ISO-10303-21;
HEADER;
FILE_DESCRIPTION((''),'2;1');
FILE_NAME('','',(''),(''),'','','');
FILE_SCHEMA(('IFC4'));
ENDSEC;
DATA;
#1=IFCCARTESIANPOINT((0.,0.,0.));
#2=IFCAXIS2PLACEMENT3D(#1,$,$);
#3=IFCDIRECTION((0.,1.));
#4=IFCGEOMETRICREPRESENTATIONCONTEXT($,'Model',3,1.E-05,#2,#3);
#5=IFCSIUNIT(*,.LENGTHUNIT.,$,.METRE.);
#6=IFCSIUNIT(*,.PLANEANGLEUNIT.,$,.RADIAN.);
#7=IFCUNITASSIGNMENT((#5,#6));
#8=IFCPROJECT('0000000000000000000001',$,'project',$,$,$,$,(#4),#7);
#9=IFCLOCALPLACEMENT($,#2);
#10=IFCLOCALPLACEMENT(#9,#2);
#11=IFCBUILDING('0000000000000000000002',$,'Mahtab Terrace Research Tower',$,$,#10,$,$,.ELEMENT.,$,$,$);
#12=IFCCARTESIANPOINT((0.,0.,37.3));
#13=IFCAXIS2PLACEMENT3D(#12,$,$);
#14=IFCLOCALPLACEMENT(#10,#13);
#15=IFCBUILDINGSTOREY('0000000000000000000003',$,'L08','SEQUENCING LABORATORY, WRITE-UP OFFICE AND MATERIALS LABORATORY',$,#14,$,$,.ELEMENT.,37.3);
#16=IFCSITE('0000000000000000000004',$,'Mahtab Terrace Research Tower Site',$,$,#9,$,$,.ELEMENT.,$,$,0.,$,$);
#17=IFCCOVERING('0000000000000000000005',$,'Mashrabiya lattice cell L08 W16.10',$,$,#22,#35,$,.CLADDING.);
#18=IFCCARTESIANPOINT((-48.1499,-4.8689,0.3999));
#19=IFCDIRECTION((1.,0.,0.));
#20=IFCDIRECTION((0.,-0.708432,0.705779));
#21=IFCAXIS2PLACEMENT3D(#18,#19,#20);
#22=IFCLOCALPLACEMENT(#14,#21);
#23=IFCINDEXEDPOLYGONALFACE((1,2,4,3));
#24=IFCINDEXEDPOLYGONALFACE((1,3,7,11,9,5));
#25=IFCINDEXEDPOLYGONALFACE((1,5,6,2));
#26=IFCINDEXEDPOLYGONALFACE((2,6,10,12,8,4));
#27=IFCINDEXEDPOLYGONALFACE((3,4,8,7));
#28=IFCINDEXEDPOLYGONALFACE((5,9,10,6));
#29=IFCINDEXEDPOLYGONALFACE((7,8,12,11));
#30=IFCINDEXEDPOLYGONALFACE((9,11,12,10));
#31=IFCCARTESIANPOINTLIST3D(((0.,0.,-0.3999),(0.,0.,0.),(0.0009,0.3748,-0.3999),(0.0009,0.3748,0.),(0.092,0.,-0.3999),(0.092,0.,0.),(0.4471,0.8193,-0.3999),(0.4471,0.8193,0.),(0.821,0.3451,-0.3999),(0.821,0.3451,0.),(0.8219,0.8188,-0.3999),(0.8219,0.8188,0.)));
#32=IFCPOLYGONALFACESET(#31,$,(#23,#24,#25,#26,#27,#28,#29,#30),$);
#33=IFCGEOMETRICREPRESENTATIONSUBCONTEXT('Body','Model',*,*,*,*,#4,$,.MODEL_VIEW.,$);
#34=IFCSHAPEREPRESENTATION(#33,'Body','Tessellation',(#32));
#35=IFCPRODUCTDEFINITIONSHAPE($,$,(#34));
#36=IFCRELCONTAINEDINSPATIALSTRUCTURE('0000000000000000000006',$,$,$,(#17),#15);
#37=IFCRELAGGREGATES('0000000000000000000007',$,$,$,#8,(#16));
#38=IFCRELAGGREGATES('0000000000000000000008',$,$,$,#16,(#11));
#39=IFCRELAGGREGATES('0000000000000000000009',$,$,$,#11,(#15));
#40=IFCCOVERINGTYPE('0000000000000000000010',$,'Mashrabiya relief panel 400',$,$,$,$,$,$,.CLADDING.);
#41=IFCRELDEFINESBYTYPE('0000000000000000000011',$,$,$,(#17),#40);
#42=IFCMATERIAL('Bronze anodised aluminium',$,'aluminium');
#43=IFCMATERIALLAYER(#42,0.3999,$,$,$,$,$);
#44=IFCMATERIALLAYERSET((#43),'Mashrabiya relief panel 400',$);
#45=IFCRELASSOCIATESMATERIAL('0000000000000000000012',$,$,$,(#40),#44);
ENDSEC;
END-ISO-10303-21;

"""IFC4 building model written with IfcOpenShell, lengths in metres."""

from ifc_helpers import new_model, si_unit, direction, frame, origin, place, context, subcontext, project, spatial, polyline, outline, extrude, material, layer, layer_set, type_object, element, save


model = new_model("IFC4")

# Units and contexts
model_context = context("Model", 3, precision=1e-05, world=origin(), true_north=direction((0.0, 1.0)))
body_context = subcontext(model_context, "Body", "Model", "MODEL_VIEW")
ifc_project = project(units=[si_unit("LENGTHUNIT", "METRE"), si_unit("PLANEANGLEUNIT", "RADIAN")], contexts=[model_context])

# Site, building, storey
site_placement = place(None, origin())
site = spatial("IfcSite", under=ifc_project, at=site_placement, Name="Mahtab Terrace Research Tower Site", CompositionType="ELEMENT", RefElevation=0.0)
building_placement = place(site_placement, origin())
building = spatial("IfcBuilding", under=site, at=building_placement, Name="Mahtab Terrace Research Tower", CompositionType="ELEMENT")
storey_placement = place(building_placement, frame((0.0, 0.0, 37.3)))
storey = spatial("IfcBuildingStorey", under=building, at=storey_placement, Name="L08", Description="SEQUENCING LABORATORY, WRITE-UP OFFICE AND MATERIALS LABORATORY", CompositionType="ELEMENT", Elevation=37.3)

# Covering
ifc_material = material(Name="Bronze anodised aluminium", Category="aluminium")
ifc_layer = layer(ifc_material, 0.3999)
ifc_layer_set = layer_set([ifc_layer], Name="Mashrabiya relief panel 400")
covering_type = type_object("IfcCoveringType", Name="Mashrabiya relief panel 400", PredefinedType="CLADDING", material=ifc_layer_set)
covering_1_placement = place(storey_placement, frame((-48.1499, -4.8689, 0.3999), z_axis=(1.0, 0.0, 0.0), x_axis=(0.0, -0.708432, 0.705779)))
element("IfcCovering", 1, at=covering_1_placement, inside=storey, type_object=covering_type, Name="Mashrabiya lattice cell L08 W16.10", PredefinedType="CLADDING", context=body_context, shape_type="SweptSolid", body=[
    extrude(outline(polyline([(0.0, 0.0), (0.092, 0.0), (0.821, 0.3451), (0.8219, 0.8188), (0.4471, 0.8193), (0.0009, 0.3748), (0.0, 0.0)])), origin(), (0.0, 0.0, -1.0), 0.3999),
])

save(model, "model.ifc")
